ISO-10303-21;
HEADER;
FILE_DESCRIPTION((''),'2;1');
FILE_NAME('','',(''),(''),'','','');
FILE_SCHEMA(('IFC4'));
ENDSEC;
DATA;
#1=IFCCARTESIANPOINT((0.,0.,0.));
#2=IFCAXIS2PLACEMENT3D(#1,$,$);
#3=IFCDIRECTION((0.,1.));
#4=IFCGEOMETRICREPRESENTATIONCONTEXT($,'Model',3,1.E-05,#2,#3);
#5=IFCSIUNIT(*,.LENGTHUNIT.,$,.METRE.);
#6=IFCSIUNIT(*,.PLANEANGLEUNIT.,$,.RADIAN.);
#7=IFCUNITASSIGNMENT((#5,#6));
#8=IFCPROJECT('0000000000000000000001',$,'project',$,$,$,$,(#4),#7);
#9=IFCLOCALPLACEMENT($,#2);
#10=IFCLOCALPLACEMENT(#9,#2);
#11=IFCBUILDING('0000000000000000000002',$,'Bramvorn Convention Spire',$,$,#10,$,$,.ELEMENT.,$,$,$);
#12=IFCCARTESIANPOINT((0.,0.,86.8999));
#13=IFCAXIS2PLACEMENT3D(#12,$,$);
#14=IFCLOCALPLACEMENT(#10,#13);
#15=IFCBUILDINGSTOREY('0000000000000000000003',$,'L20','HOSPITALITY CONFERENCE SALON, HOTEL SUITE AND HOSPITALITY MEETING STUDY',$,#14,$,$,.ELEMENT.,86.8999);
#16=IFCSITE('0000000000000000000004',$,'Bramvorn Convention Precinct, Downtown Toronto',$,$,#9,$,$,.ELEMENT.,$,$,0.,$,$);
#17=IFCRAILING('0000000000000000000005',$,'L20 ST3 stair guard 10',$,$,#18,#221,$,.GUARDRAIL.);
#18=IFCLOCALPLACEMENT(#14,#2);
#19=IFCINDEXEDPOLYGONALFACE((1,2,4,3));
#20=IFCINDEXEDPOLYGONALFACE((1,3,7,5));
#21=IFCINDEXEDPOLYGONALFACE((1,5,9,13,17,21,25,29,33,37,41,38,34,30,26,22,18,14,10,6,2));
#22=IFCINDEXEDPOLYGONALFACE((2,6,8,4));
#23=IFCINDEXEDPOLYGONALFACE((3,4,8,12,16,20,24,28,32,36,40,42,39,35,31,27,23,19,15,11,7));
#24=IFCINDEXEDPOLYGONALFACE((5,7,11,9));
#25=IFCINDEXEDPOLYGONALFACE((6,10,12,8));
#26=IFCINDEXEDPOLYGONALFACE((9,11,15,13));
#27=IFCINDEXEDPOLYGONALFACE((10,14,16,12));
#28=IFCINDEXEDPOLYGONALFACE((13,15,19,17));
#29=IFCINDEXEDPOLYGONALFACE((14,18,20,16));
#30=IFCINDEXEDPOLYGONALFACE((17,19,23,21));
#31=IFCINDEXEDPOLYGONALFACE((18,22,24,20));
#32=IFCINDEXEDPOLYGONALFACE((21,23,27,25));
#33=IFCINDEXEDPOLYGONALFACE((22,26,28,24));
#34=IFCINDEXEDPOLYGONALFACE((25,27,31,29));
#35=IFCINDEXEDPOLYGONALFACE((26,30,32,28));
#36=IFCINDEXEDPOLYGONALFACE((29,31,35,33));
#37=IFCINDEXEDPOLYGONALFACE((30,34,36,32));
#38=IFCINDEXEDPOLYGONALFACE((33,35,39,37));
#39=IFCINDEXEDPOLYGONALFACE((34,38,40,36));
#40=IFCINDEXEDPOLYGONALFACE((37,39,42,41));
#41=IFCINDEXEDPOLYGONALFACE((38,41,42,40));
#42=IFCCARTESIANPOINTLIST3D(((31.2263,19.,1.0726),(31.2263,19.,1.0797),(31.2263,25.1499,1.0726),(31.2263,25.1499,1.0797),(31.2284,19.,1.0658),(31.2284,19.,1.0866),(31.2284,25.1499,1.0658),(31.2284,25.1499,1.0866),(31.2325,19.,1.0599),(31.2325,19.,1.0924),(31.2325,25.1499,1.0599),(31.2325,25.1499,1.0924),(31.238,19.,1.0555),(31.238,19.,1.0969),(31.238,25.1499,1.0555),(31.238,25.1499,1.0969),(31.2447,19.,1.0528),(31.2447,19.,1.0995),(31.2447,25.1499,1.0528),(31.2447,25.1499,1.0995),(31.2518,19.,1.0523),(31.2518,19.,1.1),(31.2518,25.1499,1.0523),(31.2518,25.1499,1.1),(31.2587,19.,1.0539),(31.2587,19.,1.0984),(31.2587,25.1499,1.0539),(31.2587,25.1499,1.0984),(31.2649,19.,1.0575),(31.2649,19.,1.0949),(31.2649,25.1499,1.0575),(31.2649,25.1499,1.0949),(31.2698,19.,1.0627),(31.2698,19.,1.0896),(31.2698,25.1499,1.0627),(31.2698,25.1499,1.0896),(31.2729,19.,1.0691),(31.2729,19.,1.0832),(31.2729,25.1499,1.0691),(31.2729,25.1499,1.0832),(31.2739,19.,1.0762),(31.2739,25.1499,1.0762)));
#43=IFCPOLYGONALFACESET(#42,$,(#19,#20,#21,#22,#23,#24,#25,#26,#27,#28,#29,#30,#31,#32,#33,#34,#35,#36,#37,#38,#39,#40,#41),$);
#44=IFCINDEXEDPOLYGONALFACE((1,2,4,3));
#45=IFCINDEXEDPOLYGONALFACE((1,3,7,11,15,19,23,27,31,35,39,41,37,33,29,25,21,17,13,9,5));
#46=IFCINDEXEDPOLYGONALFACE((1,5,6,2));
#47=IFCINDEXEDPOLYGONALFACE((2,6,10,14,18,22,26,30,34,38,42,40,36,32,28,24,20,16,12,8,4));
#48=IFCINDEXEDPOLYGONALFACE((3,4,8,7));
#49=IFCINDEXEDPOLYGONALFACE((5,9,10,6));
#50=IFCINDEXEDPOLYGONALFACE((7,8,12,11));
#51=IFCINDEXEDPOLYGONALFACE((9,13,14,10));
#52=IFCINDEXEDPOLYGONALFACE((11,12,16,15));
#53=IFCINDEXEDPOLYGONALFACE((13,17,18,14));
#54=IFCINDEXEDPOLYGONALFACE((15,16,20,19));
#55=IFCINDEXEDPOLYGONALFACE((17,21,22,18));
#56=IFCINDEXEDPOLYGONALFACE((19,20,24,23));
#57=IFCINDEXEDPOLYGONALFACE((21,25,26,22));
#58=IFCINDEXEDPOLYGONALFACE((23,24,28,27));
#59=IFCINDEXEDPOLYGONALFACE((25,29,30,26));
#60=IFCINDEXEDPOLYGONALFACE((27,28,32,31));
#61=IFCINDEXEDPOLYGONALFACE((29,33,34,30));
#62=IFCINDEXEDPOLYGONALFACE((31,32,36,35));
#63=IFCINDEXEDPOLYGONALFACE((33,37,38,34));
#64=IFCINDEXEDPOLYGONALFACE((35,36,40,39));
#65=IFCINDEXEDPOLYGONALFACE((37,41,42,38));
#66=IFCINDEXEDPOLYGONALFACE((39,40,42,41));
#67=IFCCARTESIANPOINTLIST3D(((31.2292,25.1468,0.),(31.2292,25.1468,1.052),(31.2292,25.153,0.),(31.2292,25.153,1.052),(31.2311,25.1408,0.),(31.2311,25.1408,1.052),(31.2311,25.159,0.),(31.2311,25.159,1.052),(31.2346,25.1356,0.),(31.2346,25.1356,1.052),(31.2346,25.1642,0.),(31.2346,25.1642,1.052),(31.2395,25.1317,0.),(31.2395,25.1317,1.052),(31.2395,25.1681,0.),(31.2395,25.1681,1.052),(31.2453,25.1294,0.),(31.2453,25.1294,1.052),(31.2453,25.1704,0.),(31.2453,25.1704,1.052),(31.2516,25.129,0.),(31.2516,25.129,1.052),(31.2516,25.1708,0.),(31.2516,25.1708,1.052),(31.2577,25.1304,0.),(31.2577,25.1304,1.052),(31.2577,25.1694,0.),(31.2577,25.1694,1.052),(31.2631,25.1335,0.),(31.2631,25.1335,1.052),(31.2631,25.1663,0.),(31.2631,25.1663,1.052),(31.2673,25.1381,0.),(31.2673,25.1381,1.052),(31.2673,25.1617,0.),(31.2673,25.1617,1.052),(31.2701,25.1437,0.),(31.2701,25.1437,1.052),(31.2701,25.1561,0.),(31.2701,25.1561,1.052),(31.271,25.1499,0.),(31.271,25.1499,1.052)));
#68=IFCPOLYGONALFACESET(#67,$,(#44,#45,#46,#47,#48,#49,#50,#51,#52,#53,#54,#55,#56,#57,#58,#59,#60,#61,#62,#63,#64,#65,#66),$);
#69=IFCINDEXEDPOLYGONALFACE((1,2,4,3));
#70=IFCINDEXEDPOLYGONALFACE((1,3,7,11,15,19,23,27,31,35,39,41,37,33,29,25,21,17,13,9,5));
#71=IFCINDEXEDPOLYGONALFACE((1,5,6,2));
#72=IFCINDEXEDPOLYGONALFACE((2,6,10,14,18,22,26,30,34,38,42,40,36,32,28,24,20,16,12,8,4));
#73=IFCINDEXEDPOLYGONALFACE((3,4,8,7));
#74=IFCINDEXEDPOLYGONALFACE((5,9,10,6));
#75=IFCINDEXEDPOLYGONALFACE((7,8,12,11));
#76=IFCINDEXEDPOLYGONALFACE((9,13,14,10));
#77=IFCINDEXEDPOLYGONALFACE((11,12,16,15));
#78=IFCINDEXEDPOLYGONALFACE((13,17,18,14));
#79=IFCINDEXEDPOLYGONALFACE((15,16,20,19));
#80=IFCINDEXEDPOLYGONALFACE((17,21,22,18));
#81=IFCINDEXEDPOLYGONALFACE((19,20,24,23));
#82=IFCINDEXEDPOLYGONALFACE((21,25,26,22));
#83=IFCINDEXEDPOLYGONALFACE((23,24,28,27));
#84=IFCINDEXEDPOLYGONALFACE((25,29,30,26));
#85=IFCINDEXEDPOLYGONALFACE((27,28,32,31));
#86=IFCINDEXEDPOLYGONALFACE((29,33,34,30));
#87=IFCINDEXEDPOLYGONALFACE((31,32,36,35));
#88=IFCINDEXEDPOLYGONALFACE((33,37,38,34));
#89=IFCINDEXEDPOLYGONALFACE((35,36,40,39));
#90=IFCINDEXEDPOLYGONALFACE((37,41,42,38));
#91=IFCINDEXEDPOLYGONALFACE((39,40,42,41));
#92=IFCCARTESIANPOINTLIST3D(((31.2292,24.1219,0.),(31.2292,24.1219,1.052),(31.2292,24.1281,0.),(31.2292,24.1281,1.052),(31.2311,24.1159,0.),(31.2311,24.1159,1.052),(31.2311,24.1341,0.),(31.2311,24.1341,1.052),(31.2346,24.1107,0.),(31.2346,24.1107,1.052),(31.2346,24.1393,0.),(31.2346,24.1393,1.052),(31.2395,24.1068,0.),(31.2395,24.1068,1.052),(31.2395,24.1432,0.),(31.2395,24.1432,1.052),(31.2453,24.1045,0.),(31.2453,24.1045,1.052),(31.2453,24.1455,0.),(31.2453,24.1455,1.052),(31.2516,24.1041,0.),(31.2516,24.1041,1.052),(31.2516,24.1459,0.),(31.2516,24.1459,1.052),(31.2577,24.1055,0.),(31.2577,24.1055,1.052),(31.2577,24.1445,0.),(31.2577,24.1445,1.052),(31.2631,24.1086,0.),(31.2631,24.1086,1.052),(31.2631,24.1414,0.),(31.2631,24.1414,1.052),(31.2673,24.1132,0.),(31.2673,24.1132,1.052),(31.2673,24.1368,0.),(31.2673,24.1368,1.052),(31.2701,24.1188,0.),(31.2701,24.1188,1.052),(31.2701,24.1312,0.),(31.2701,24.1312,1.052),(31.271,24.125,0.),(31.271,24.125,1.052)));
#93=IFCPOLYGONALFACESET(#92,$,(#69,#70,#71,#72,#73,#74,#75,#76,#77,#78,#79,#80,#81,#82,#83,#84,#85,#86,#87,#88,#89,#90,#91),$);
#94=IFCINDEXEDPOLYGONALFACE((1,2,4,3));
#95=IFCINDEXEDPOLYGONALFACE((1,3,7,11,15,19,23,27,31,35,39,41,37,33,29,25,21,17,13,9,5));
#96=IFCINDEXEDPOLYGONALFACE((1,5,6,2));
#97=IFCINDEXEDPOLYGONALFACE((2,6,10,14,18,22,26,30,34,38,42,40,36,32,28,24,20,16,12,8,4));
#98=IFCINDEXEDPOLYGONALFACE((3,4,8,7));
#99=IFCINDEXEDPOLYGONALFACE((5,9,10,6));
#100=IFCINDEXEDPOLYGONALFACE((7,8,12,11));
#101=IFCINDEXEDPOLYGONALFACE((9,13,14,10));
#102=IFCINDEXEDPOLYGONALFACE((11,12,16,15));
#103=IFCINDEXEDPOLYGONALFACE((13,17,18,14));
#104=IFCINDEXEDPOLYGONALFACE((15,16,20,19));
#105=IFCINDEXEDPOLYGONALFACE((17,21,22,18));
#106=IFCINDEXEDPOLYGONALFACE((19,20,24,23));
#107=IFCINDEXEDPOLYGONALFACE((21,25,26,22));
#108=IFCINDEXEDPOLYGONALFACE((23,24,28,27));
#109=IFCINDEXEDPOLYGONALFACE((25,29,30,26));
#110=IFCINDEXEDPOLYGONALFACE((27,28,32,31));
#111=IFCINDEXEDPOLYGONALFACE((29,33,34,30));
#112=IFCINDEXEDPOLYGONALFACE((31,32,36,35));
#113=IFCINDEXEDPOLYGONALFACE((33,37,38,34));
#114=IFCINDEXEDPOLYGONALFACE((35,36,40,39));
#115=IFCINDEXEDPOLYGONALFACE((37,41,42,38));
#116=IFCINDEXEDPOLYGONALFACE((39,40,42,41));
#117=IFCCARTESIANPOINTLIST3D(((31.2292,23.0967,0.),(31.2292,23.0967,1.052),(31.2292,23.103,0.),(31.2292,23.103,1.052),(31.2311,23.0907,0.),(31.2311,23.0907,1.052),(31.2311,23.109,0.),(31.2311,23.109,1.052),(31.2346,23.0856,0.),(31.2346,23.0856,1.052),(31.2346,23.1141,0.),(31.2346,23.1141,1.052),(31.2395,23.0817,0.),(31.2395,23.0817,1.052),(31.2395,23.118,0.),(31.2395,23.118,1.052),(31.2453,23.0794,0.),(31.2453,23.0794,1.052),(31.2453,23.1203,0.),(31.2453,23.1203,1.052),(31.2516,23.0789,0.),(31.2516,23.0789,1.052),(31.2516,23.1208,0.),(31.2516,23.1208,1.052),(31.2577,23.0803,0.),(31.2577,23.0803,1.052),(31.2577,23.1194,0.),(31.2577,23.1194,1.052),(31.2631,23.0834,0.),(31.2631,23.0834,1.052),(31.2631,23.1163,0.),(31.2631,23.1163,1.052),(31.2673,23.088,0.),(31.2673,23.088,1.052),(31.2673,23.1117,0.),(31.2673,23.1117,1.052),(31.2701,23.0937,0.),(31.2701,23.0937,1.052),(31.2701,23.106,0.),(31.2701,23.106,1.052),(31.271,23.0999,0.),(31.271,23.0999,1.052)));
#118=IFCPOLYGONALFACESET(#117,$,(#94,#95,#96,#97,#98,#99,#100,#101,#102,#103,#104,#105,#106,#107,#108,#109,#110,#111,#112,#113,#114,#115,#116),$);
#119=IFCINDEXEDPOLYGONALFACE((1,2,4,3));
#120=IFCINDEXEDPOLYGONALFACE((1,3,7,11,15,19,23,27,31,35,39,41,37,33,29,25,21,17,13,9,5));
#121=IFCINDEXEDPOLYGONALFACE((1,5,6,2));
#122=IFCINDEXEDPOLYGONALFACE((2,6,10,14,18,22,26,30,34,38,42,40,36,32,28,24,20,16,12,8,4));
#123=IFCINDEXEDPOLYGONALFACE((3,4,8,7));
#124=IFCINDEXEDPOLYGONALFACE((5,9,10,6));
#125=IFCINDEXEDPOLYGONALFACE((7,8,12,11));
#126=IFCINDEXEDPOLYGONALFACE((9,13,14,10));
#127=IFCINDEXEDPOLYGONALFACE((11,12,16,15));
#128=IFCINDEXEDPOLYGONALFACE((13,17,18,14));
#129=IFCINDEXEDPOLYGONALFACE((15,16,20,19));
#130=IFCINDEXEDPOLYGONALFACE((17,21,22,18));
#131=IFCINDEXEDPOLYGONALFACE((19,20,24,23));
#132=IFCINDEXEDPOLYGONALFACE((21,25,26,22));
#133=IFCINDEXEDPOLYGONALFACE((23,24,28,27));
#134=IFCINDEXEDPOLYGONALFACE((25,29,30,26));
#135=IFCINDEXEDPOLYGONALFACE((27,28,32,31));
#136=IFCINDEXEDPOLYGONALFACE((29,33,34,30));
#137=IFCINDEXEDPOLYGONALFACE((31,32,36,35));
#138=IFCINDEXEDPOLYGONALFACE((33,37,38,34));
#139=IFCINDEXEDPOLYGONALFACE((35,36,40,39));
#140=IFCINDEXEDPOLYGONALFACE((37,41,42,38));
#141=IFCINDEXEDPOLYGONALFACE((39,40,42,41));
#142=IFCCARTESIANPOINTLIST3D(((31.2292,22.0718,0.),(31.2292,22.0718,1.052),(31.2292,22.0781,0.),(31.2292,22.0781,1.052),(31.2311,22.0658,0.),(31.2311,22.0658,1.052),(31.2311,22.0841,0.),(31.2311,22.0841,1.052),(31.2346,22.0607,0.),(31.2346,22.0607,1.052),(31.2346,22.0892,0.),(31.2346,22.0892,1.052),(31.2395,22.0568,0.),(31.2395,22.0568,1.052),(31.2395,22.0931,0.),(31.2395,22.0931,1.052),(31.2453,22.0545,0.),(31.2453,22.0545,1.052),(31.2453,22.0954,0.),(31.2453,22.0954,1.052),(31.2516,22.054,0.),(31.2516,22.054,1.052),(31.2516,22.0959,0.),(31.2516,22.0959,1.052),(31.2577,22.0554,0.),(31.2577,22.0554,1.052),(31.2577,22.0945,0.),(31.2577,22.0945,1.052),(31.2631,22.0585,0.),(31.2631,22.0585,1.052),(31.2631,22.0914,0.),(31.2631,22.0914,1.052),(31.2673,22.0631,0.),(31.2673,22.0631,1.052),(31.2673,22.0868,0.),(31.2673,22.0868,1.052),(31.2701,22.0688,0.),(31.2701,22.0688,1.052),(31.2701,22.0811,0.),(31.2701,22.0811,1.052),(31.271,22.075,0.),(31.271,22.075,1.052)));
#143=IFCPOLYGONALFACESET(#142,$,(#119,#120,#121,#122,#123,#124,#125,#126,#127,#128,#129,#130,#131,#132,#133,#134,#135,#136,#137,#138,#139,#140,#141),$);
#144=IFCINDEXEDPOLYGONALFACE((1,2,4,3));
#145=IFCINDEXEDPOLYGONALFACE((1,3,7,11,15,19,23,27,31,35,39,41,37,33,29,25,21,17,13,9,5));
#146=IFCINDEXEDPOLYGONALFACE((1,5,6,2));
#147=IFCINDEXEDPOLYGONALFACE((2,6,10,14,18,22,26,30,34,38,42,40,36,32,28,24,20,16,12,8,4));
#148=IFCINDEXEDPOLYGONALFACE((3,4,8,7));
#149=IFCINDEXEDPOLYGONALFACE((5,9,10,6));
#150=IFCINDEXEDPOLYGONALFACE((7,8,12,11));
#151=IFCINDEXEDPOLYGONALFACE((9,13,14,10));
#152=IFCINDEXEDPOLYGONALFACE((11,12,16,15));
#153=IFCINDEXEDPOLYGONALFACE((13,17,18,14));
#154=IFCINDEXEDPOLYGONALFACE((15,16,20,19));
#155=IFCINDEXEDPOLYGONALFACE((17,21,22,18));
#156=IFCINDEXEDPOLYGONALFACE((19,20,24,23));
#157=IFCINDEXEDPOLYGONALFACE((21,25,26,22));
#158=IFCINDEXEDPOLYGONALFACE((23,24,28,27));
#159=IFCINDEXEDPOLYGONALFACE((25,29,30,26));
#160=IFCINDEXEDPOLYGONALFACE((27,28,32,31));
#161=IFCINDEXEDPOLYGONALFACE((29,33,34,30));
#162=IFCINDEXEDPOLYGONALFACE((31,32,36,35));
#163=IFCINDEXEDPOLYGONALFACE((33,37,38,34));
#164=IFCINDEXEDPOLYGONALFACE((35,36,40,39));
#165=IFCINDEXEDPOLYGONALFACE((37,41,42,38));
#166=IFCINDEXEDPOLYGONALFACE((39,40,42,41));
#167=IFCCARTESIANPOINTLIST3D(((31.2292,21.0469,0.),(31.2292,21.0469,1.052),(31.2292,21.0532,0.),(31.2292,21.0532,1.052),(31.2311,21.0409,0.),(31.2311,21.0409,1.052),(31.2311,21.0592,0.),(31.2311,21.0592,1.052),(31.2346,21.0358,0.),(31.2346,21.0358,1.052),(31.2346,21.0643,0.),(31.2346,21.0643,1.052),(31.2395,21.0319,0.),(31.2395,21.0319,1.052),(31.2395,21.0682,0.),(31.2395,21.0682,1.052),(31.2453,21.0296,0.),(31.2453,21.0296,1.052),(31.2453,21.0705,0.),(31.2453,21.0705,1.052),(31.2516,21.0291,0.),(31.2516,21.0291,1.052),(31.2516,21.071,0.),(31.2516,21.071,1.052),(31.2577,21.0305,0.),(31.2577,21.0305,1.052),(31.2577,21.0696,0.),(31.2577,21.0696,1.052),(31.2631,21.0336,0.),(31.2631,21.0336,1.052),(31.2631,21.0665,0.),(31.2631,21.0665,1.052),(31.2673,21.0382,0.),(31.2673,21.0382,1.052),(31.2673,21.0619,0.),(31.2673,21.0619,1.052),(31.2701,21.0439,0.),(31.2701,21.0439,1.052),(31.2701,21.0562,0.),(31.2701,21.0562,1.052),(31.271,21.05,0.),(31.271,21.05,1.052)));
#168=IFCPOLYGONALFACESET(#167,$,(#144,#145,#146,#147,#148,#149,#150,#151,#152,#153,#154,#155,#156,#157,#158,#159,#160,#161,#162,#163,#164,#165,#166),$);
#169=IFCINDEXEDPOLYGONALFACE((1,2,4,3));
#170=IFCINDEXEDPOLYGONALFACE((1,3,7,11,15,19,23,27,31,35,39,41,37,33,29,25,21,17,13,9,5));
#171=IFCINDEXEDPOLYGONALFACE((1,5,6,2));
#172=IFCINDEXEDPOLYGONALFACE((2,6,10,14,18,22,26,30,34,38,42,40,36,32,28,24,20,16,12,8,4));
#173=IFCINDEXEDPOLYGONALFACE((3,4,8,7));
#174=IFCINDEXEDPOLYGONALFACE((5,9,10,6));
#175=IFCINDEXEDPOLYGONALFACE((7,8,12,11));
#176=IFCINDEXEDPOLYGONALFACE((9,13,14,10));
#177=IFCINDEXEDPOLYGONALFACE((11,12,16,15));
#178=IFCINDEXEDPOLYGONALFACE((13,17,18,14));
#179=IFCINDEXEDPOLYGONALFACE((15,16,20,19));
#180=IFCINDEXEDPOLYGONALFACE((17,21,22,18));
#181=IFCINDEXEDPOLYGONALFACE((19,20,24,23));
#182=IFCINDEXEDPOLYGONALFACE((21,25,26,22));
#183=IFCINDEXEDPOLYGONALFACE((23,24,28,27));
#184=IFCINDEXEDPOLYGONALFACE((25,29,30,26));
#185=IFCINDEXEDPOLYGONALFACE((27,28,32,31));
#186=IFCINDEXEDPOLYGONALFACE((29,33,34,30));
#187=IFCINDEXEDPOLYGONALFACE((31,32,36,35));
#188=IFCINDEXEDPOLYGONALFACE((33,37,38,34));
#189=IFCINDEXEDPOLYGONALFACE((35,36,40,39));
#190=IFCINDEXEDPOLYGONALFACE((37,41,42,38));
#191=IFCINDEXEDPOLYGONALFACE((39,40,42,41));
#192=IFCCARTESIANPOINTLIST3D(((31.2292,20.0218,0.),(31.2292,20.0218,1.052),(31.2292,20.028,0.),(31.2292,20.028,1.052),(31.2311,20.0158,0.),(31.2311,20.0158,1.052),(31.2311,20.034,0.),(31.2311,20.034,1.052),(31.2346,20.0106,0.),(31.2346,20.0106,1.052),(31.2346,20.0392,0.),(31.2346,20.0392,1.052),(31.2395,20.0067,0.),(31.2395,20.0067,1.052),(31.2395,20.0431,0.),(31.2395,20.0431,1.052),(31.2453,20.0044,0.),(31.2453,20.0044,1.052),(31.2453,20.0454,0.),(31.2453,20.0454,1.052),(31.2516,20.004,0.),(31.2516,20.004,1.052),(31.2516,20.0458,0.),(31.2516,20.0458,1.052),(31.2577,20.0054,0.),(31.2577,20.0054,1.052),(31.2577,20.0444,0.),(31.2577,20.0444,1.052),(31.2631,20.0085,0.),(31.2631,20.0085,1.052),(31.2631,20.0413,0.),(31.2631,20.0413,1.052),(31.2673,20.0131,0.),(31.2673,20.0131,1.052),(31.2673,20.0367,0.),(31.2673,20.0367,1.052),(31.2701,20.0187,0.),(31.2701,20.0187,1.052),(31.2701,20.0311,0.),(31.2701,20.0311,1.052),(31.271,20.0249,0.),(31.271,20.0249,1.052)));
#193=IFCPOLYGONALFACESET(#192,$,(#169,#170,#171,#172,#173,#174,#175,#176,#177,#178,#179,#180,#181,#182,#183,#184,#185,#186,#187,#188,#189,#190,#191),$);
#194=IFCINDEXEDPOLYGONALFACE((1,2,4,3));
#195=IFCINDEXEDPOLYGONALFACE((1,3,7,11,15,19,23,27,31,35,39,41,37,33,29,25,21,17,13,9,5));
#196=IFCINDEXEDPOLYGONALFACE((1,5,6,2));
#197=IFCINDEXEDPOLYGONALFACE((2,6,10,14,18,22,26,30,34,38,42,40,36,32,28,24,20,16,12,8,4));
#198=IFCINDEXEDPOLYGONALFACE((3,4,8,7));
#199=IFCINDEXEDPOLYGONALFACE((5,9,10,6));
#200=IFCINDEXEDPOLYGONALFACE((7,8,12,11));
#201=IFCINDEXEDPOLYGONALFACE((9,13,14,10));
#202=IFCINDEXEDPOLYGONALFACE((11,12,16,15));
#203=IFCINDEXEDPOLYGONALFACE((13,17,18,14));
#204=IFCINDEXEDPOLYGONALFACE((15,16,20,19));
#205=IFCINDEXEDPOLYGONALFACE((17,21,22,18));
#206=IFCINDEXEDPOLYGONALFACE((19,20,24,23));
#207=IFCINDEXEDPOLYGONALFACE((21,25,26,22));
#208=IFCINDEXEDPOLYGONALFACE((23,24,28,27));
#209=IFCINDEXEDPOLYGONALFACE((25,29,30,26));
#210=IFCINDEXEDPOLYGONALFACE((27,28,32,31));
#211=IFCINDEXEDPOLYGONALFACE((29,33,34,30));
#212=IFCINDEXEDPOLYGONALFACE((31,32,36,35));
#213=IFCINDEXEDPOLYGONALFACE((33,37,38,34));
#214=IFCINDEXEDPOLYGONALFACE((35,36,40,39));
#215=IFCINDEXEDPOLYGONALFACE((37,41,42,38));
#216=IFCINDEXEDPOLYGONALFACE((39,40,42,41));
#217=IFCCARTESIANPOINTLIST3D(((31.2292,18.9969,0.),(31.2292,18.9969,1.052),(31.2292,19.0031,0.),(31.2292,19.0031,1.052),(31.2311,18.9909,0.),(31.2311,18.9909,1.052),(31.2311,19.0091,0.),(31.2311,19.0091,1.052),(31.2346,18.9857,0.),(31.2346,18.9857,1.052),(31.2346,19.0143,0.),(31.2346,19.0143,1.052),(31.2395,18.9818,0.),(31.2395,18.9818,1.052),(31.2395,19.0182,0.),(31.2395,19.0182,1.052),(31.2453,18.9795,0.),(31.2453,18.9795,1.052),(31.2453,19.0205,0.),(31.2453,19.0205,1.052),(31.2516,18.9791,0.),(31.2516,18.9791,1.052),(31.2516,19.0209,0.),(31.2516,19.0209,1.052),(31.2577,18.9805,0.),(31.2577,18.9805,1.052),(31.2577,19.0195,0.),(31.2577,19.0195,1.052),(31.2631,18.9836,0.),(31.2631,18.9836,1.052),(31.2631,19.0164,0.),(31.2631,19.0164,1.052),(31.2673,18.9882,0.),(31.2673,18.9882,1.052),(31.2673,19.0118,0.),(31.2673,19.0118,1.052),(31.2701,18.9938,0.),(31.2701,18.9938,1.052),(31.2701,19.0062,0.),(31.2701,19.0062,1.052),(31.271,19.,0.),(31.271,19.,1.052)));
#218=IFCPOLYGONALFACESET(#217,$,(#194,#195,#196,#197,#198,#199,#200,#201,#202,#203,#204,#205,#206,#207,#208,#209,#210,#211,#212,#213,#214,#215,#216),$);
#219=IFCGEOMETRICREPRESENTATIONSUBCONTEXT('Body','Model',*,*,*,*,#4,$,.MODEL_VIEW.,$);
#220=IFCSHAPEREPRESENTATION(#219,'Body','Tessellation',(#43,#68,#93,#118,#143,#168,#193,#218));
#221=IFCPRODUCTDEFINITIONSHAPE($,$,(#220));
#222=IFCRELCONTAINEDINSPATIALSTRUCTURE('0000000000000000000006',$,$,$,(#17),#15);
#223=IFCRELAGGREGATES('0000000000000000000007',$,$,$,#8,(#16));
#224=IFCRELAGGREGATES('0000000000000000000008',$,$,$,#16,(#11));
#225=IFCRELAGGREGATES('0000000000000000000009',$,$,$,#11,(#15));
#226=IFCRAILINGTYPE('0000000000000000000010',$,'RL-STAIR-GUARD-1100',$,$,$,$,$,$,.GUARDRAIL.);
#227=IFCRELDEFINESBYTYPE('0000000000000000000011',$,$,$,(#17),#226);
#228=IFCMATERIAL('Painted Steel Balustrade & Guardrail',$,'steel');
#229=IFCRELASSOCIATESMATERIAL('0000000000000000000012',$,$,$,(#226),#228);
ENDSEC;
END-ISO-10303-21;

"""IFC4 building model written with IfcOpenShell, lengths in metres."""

from ifc_helpers import new_model, si_unit, direction, frame, origin, origin_2d, place, context, subcontext, project, spatial, circle, extrude, material, type_object, element, save


model = new_model("IFC4")

# Units and contexts
model_context = context("Model", 3, precision=1e-05, world=origin(), true_north=direction((0.0, 1.0)))
body_context = subcontext(model_context, "Body", "Model", "MODEL_VIEW")
ifc_project = project(units=[si_unit("LENGTHUNIT", "METRE"), si_unit("PLANEANGLEUNIT", "RADIAN")], contexts=[model_context])

# Site, building, storey
site_placement = place(None, origin())
site = spatial("IfcSite", under=ifc_project, at=site_placement, Name="Bramvorn Convention Precinct, Downtown Toronto", CompositionType="ELEMENT", RefElevation=0.0)
building_placement = place(site_placement, origin())
building = spatial("IfcBuilding", under=site, at=building_placement, Name="Bramvorn Convention Spire", CompositionType="ELEMENT")
storey_placement = place(building_placement, frame((0.0, 0.0, 86.8999)))
storey = spatial("IfcBuildingStorey", under=building, at=storey_placement, Name="L20", Description="HOSPITALITY CONFERENCE SALON, HOTEL SUITE AND HOSPITALITY MEETING STUDY", CompositionType="ELEMENT", Elevation=86.8999)

# Railing
ifc_material_1 = material(Name="Painted Steel Balustrade & Guardrail", Category="steel")
railing_type_1 = type_object("IfcRailingType", Name="RL-STAIR-GUARD-1100", PredefinedType="GUARDRAIL", material=ifc_material_1)
railing_1_placement = place(storey_placement, frame((31.25, 25.1499, 0.0)))
element("IfcRailing", 1, at=railing_1_placement, inside=storey, type_object=railing_type_1, Name="L20 ST3 stair guard 10", PredefinedType="GUARDRAIL", context=body_context, shape_type="SweptSolid", body=[
    extrude(circle(Radius=0.0239, at=origin_2d()), frame((0.0, 0.0, 1.0762), z_axis=(0.0, -1.0, 0.0), x_axis=(1.0, 0.0, 0.0)), (0.0, 0.0, 1.0), 6.1499),
    extrude(circle(Radius=0.021, at=origin_2d()), origin(), (0.0, 0.0, 1.0), 1.052),
    extrude(circle(Radius=0.021, at=origin_2d()), frame((0.0, -1.0249, 0.0)), (0.0, 0.0, 1.0), 1.052),
    extrude(circle(Radius=0.021, at=origin_2d()), frame((0.0, -2.05, 0.0)), (0.0, 0.0, 1.0), 1.052),
    extrude(circle(Radius=0.021, at=origin_2d()), frame((0.0, -3.075, 0.0)), (0.0, 0.0, 1.0), 1.052),
    extrude(circle(Radius=0.021, at=origin_2d()), frame((0.0, -4.0999, 0.0)), (0.0, 0.0, 1.0), 1.052),
    extrude(circle(Radius=0.021, at=origin_2d()), frame((0.0, -5.125, 0.0)), (0.0, 0.0, 1.0), 1.052),
    extrude(circle(Radius=0.021, at=origin_2d()), frame((0.0, -6.1499, 0.0)), (0.0, 0.0, 1.0), 1.052),
])

save(model, "model.ifc")
